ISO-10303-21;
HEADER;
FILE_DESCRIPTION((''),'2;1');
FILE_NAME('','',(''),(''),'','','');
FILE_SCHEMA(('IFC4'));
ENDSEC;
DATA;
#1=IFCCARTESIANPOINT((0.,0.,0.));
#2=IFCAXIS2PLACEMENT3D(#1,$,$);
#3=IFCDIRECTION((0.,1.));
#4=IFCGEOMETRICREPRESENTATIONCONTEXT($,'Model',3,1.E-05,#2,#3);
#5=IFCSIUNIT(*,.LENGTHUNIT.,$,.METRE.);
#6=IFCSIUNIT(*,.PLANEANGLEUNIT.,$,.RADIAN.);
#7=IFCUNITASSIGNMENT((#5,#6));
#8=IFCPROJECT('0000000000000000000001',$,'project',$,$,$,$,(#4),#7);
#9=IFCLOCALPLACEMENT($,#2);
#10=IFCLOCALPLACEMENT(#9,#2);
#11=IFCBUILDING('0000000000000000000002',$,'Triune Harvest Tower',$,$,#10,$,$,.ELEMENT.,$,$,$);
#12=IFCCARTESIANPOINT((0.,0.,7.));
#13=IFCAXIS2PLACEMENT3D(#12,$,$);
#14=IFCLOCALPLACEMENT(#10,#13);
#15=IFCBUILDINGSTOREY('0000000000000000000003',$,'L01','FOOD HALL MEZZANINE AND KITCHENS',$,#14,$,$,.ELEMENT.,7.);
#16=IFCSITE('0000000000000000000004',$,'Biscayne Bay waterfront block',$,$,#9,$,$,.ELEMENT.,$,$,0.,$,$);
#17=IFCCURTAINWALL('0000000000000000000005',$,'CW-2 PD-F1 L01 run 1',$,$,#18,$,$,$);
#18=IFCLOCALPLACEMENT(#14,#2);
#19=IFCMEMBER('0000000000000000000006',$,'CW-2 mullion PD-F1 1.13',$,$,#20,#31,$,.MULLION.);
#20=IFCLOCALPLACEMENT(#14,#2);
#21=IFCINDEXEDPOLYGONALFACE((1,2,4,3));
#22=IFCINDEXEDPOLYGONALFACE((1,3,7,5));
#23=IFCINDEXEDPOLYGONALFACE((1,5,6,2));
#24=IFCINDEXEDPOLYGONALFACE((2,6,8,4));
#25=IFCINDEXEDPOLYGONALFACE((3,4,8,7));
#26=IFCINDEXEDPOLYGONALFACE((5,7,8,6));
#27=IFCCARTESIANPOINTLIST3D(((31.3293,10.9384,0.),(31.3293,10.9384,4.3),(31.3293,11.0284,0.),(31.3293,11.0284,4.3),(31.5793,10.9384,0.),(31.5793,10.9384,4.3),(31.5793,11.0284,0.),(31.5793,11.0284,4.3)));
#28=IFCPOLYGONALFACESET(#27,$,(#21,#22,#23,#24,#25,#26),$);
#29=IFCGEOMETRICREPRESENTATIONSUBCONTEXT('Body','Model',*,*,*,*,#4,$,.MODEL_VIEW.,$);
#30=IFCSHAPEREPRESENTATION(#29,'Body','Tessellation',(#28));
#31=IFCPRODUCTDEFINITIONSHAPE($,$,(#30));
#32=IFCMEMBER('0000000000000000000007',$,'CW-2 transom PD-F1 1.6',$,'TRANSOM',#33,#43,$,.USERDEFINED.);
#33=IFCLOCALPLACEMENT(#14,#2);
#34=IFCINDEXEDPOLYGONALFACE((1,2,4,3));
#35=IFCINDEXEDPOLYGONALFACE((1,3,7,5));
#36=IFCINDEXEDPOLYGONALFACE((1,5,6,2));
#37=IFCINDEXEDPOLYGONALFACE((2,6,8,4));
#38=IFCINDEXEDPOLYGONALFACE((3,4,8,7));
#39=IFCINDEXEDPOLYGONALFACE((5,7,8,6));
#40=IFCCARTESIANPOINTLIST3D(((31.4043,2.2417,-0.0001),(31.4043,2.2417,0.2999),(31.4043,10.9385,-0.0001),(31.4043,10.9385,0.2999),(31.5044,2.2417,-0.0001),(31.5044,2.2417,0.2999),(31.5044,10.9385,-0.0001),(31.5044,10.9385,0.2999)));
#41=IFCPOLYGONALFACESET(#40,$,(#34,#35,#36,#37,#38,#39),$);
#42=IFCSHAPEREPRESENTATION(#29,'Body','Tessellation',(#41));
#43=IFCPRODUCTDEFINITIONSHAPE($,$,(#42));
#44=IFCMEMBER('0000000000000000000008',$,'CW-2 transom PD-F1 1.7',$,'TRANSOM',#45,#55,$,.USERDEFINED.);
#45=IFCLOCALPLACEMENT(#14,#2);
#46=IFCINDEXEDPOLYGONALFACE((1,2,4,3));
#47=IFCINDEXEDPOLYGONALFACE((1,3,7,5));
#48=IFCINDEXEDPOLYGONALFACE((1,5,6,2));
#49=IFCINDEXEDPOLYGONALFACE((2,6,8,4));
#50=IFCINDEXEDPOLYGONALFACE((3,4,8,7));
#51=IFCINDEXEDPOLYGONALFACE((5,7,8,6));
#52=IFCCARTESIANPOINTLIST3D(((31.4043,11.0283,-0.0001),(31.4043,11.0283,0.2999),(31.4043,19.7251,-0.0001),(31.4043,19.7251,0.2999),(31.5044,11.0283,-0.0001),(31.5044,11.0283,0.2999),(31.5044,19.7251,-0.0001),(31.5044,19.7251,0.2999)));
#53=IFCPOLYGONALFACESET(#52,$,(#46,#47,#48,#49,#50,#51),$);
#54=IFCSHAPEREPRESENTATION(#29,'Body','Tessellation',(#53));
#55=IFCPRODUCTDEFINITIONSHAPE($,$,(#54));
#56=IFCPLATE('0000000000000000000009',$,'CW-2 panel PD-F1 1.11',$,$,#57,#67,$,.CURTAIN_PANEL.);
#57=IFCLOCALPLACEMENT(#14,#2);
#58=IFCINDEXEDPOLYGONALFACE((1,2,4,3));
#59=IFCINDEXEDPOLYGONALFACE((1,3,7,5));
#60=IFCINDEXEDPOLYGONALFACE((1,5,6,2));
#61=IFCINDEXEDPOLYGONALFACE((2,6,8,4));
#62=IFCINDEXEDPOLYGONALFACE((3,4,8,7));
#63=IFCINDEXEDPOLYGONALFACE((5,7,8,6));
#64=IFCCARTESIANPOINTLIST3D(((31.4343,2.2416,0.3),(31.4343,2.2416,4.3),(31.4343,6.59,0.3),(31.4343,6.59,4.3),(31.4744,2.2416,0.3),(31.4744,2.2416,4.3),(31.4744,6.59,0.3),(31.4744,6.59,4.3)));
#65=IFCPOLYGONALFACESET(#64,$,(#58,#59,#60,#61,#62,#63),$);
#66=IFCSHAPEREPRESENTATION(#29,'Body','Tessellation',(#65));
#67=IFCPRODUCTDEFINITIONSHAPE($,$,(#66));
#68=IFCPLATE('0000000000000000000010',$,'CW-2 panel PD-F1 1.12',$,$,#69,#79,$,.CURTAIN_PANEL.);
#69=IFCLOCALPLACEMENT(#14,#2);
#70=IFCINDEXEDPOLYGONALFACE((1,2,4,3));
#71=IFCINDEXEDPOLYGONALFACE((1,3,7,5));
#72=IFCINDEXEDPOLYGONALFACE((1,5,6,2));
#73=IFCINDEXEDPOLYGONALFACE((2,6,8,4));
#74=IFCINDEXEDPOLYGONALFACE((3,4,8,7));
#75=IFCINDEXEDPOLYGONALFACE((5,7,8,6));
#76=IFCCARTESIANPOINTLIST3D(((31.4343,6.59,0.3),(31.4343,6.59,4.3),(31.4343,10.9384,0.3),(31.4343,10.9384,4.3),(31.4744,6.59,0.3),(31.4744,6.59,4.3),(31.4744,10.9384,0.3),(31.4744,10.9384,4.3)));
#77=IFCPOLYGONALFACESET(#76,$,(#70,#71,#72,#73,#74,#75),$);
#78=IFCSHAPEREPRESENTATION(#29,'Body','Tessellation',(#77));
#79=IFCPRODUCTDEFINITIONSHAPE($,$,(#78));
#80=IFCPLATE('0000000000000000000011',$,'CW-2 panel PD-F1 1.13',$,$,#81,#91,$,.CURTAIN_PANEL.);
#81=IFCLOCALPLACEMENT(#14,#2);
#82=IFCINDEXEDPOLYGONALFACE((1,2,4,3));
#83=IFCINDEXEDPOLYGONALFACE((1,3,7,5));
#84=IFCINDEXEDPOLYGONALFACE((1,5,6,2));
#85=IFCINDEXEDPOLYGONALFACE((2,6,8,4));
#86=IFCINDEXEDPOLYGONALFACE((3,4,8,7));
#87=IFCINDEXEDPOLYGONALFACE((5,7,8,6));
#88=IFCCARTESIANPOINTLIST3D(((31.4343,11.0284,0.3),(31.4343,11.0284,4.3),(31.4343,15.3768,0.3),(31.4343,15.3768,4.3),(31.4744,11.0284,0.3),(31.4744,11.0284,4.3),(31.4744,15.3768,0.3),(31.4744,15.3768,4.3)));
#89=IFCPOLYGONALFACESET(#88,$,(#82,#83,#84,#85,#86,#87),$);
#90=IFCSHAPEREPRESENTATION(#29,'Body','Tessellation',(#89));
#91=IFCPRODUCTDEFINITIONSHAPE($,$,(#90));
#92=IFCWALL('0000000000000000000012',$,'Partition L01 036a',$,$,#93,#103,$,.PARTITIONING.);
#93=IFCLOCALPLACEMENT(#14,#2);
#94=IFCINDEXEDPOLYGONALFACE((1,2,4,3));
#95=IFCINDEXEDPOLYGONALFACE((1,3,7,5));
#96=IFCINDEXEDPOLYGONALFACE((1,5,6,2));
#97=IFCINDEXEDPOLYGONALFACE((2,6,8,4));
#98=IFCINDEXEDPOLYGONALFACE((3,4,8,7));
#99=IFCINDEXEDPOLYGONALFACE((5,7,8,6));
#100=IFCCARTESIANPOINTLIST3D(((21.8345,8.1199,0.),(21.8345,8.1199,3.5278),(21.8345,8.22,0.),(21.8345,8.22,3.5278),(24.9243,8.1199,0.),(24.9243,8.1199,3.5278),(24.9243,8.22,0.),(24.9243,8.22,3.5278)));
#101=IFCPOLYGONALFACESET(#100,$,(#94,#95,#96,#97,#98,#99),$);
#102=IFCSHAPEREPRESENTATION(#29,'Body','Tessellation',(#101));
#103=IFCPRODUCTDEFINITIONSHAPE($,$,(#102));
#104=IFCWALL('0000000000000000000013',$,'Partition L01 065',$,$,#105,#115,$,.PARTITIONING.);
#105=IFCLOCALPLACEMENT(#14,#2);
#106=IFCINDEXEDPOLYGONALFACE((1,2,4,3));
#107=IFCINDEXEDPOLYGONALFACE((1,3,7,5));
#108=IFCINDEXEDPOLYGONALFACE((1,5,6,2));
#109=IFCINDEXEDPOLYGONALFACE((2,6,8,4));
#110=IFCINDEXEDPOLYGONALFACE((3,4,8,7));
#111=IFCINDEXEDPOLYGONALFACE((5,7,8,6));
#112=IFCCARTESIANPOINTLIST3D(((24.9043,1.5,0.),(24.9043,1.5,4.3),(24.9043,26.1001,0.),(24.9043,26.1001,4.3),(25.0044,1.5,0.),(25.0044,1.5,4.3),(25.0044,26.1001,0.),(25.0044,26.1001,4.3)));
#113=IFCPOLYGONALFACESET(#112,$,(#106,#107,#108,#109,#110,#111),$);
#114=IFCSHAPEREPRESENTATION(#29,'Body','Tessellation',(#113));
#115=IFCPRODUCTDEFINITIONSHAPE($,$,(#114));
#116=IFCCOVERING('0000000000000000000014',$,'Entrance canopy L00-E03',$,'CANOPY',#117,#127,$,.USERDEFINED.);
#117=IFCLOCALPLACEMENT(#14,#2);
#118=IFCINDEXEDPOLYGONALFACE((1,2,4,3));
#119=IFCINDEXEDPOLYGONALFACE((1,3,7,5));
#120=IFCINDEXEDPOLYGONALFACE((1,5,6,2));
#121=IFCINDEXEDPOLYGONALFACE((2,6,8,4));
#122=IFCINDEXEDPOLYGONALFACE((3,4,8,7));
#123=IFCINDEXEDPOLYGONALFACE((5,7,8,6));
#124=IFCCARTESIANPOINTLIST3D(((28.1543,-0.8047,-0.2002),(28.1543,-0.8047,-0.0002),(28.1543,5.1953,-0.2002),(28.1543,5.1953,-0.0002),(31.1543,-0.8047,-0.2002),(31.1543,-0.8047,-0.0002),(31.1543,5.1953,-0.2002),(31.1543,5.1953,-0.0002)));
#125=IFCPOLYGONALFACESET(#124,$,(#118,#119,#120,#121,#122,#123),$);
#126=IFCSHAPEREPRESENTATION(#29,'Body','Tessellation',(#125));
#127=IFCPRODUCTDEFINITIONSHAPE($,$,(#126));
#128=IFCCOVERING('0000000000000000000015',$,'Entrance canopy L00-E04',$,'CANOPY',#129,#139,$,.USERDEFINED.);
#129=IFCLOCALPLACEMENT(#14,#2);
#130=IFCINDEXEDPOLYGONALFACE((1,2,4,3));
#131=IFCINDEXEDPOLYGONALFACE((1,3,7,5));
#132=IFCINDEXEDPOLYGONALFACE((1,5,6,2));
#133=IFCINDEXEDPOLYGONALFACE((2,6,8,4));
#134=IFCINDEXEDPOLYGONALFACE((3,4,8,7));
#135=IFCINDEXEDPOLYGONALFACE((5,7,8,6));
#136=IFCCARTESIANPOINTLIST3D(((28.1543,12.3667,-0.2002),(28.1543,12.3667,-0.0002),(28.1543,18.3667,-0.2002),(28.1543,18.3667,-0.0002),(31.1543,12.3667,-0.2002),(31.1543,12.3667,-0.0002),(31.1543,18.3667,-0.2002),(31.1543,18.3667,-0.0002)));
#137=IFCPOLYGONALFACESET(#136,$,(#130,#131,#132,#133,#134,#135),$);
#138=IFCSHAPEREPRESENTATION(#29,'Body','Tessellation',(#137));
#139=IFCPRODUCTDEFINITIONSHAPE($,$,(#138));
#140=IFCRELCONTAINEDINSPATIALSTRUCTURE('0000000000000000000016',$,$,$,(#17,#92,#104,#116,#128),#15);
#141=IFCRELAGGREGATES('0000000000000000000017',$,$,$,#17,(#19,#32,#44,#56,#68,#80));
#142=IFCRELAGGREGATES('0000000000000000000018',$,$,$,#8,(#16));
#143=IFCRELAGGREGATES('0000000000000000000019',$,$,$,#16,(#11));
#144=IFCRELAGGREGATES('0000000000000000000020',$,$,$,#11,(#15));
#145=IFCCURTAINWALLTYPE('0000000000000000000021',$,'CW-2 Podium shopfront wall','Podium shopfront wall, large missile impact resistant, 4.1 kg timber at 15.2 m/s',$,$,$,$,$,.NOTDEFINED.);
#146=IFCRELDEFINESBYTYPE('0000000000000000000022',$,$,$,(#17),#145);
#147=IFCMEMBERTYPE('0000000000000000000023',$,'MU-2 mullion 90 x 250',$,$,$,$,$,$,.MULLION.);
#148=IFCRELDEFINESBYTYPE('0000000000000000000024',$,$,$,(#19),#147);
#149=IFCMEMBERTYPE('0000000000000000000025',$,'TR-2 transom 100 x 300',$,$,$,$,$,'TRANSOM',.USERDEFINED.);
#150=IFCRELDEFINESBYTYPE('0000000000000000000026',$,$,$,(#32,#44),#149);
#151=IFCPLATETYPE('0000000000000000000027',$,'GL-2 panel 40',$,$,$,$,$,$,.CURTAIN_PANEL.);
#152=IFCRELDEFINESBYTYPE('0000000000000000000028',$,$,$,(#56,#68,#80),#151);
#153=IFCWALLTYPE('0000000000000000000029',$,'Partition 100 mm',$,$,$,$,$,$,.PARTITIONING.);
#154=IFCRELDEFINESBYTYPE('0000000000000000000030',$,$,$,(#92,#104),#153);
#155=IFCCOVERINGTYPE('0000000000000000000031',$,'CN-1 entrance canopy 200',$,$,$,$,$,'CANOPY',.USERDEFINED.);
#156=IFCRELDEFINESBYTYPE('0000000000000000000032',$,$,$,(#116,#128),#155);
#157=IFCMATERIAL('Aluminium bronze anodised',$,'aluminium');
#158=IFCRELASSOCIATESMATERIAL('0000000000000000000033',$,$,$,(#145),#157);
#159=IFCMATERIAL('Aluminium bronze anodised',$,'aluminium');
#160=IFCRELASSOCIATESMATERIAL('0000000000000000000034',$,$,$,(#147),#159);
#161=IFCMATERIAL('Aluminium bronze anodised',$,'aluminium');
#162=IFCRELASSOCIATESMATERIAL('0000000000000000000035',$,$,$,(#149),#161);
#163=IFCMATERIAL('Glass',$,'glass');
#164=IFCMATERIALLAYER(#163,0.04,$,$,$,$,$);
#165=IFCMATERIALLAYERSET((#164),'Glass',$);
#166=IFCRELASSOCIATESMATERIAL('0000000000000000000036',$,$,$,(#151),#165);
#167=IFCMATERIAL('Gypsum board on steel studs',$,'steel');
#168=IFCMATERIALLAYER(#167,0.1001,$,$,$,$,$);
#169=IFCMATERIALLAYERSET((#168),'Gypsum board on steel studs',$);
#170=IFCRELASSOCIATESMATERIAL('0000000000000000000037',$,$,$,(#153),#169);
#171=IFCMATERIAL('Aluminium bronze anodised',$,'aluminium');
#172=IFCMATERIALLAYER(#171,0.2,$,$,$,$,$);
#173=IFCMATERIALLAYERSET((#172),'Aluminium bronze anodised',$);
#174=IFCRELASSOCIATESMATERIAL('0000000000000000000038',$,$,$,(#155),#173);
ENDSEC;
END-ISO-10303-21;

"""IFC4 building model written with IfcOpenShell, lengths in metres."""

from ifc_helpers import new_model, si_unit, direction, frame, frame_2d, origin, origin_2d, place, context, subcontext, project, spatial, rectangle, extrude, source, transform, mapped, material, layer, layer_set, material_profile, profile_set, type_object, element, aggregate, save


model = new_model("IFC4")

# Units and contexts
model_context = context("Model", 3, precision=1e-05, world=origin(), true_north=direction((0.0, 1.0)))
body_context = subcontext(model_context, "Body", "Model", "MODEL_VIEW")
ifc_project = project(units=[si_unit("LENGTHUNIT", "METRE"), si_unit("PLANEANGLEUNIT", "RADIAN")], contexts=[model_context])

# Site, building, storey
site_placement = place(None, origin())
site = spatial("IfcSite", under=ifc_project, at=site_placement, Name="Biscayne Bay waterfront block", CompositionType="ELEMENT", RefElevation=0.0)
building_placement = place(site_placement, origin())
building = spatial("IfcBuilding", under=site, at=building_placement, Name="Triune Harvest Tower", CompositionType="ELEMENT")
storey_placement = place(building_placement, frame((0.0, 0.0, 7.0)))
storey = spatial("IfcBuildingStorey", under=building, at=storey_placement, Name="L01", Description="FOOD HALL MEZZANINE AND KITCHENS", CompositionType="ELEMENT", Elevation=7.0)

# Curtain wall, members, plates
ifc_material_1 = material(Name="Aluminium bronze anodised", Category="aluminium")
curtain_wall_type = type_object("IfcCurtainWallType", Name="CW-2 Podium shopfront wall", Description="Podium shopfront wall, large missile impact resistant, 4.1 kg timber at 15.2 m/s", PredefinedType="NOTDEFINED", material=ifc_material_1)
curtain_wall_placement = place(storey_placement, origin())
curtain_wall = element("IfcCurtainWall", 1, at=curtain_wall_placement, inside=storey, type_object=curtain_wall_type, Name="CW-2 PD-F1 L01 run 1")
ifc_material_2 = material(Name="Aluminium bronze anodised", Category="aluminium")
ifc_material_profile_1 = material_profile(ifc_material_2, rectangle(XDim=0.25, YDim=0.0901, at=origin_2d()), Name="MU-2 mullion 90 x 250")
ifc_profile_set_1 = profile_set([ifc_material_profile_1], Name="Aluminium bronze anodised")
member_type_1 = type_object("IfcMemberType", Name="MU-2 mullion 90 x 250", PredefinedType="MULLION", material=ifc_profile_set_1)
shared_shape_1 = source(origin(), body_context, "Body", "SweptSolid", [
    extrude(rectangle(XDim=0.25, YDim=0.0901, at=origin_2d()), origin(), (0.0, 0.0, 1.0), 4.3),
])
member_1_placement = place(storey_placement, frame((31.4543, 10.9834, 0.0), z_axis=(0.0, 0.0, 1.0), x_axis=(-1.0, 0.0, 0.0)))
member_1 = element("IfcMember", 2, at=member_1_placement, type_object=member_type_1, Name="CW-2 mullion PD-F1 1.13", PredefinedType="MULLION", context=body_context, shape_type="MappedRepresentation", body=[
    mapped(shared_shape_1, transform((0.0, 0.0, 0.0), scale=1.0)),
])
ifc_material_3 = material(Name="Aluminium bronze anodised", Category="aluminium")
ifc_material_profile_2 = material_profile(ifc_material_3, rectangle(XDim=0.1001, YDim=0.3, at=origin_2d()), Name="TR-2 transom 100 x 300")
ifc_profile_set_2 = profile_set([ifc_material_profile_2], Name="Aluminium bronze anodised")
member_type_2 = type_object("IfcMemberType", Name="TR-2 transom 100 x 300", ElementType="TRANSOM", PredefinedType="USERDEFINED", material=ifc_profile_set_2)
shared_shape_2 = source(origin(), body_context, "Body", "SweptSolid", [
    extrude(rectangle(XDim=0.1001, YDim=0.3, at=origin_2d()), origin(), (0.0, 0.0, 1.0), 8.6968),
])
member_2_placement = place(storey_placement, frame((31.4543, 2.2417, 0.1499), z_axis=(0.0, 1.0, 0.0), x_axis=(-1.0, 0.0, 0.0)))
member_2 = element("IfcMember", 3, at=member_2_placement, type_object=member_type_2, Name="CW-2 transom PD-F1 1.6", ObjectType="TRANSOM", PredefinedType="USERDEFINED", context=body_context, shape_type="MappedRepresentation", body=[
    mapped(shared_shape_2, transform((0.0, 0.0, 0.0), scale=1.0)),
])
member_3_placement = place(storey_placement, frame((31.4543, 11.0283, 0.1499), z_axis=(0.0, 1.0, 0.0), x_axis=(-1.0, 0.0, 0.0)))
member_3 = element("IfcMember", 4, at=member_3_placement, type_object=member_type_2, Name="CW-2 transom PD-F1 1.7", ObjectType="TRANSOM", PredefinedType="USERDEFINED", context=body_context, shape_type="MappedRepresentation", body=[
    mapped(shared_shape_2, transform((0.0, 0.0, 0.0), scale=1.0)),
])
ifc_material_4 = material(Name="Glass", Category="glass")
ifc_layer_1 = layer(ifc_material_4, 0.04)
ifc_layer_set_1 = layer_set([ifc_layer_1], Name="Glass")
plate_type = type_object("IfcPlateType", Name="GL-2 panel 40", PredefinedType="CURTAIN_PANEL", material=ifc_layer_set_1)
shared_shape_3 = source(origin(), body_context, "Body", "SweptSolid", [
    extrude(rectangle(XDim=4.3484, YDim=0.04, at=origin_2d()), origin(), (0.0, 0.0, 1.0), 4.0),
])
plate_1_placement = place(storey_placement, frame((31.4543, 4.4158, 0.3), z_axis=(0.0, 0.0, 1.0), x_axis=(0.0, 1.0, 0.0)))
plate_1 = element("IfcPlate", 5, at=plate_1_placement, type_object=plate_type, Name="CW-2 panel PD-F1 1.11", PredefinedType="CURTAIN_PANEL", context=body_context, shape_type="MappedRepresentation", body=[
    mapped(shared_shape_3, transform((0.0, 0.0, 0.0), scale=1.0)),
])
plate_2_placement = place(storey_placement, frame((31.4543, 8.7642, 0.3), z_axis=(0.0, 0.0, 1.0), x_axis=(0.0, 1.0, 0.0)))
plate_2 = element("IfcPlate", 6, at=plate_2_placement, type_object=plate_type, Name="CW-2 panel PD-F1 1.12", PredefinedType="CURTAIN_PANEL", context=body_context, shape_type="MappedRepresentation", body=[
    mapped(shared_shape_3, transform((0.0, 0.0, 0.0), scale=1.0)),
])
plate_3_placement = place(storey_placement, frame((31.4543, 13.2026, 0.3), z_axis=(0.0, 0.0, 1.0), x_axis=(0.0, 1.0, 0.0)))
plate_3 = element("IfcPlate", 7, at=plate_3_placement, type_object=plate_type, Name="CW-2 panel PD-F1 1.13", PredefinedType="CURTAIN_PANEL", context=body_context, shape_type="MappedRepresentation", body=[
    mapped(shared_shape_3, transform((0.0, 0.0, 0.0), scale=1.0)),
])
aggregate(curtain_wall, [member_1, member_2, member_3, plate_1, plate_2, plate_3])

# Walls
ifc_material_5 = material(Name="Gypsum board on steel studs", Category="steel")
ifc_layer_2 = layer(ifc_material_5, 0.1001)
ifc_layer_set_2 = layer_set([ifc_layer_2], Name="Gypsum board on steel studs")
wall_type = type_object("IfcWallType", Name="Partition 100 mm", PredefinedType="PARTITIONING", material=ifc_layer_set_2)
wall_1_placement = place(storey_placement, frame((21.8345, 8.1699, 0.0), z_axis=(0.0, 0.0, 1.0), x_axis=(1.0, 0.0, 0.0)))
element("IfcWall", 8, at=wall_1_placement, inside=storey, type_object=wall_type, Name="Partition L01 036a", PredefinedType="PARTITIONING", context=body_context, shape_type="SweptSolid", body=[
    extrude(rectangle(XDim=3.0898, YDim=0.1001, at=frame_2d((1.5449, 0.0))), origin(), (0.0, 0.0, 1.0), 3.5278),
])
wall_2_placement = place(storey_placement, frame((24.9543, 1.5, 0.0), z_axis=(0.0, 0.0, 1.0), x_axis=(0.0, 1.0, 0.0)))
element("IfcWall", 9, at=wall_2_placement, inside=storey, type_object=wall_type, Name="Partition L01 065", PredefinedType="PARTITIONING", context=body_context, shape_type="SweptSolid", body=[
    extrude(rectangle(XDim=24.6001, YDim=0.1001, at=frame_2d((12.3, 0.0))), origin(), (0.0, 0.0, 1.0), 4.3),
])

# Coverings
ifc_material_6 = material(Name="Aluminium bronze anodised", Category="aluminium")
ifc_layer_3 = layer(ifc_material_6, 0.2)
ifc_layer_set_3 = layer_set([ifc_layer_3], Name="Aluminium bronze anodised")
covering_type = type_object("IfcCoveringType", Name="CN-1 entrance canopy 200", ElementType="CANOPY", PredefinedType="USERDEFINED", material=ifc_layer_set_3)
shared_shape_4 = source(origin(), body_context, "Body", "SweptSolid", [
    extrude(rectangle(XDim=3.0, YDim=6.0, at=origin_2d()), origin(), (0.0, 0.0, 1.0), 0.2),
])
for number, where, z_axis, x_axis, name in (
    (10, (29.6543, 2.1953, -0.2002), (0.0, 0.0, 1.0), (1.0, 0.0, 0.0), "Entrance canopy L00-E03"),
    (11, (29.6543, 15.3667, -0.2002), (0.0, 0.0, 1.0), (1.0, 0.0, 0.0), "Entrance canopy L00-E04"),
):
    element("IfcCovering", number, at=place(storey_placement, frame(where, z_axis=z_axis, x_axis=x_axis)), inside=storey, type_object=covering_type, Name=name, ObjectType="CANOPY", PredefinedType="USERDEFINED", context=body_context, shape_type="MappedRepresentation", body=[
        mapped(shared_shape_4, transform((0.0, 0.0, 0.0), scale=1.0)),
    ])

save(model, "model.ifc")
